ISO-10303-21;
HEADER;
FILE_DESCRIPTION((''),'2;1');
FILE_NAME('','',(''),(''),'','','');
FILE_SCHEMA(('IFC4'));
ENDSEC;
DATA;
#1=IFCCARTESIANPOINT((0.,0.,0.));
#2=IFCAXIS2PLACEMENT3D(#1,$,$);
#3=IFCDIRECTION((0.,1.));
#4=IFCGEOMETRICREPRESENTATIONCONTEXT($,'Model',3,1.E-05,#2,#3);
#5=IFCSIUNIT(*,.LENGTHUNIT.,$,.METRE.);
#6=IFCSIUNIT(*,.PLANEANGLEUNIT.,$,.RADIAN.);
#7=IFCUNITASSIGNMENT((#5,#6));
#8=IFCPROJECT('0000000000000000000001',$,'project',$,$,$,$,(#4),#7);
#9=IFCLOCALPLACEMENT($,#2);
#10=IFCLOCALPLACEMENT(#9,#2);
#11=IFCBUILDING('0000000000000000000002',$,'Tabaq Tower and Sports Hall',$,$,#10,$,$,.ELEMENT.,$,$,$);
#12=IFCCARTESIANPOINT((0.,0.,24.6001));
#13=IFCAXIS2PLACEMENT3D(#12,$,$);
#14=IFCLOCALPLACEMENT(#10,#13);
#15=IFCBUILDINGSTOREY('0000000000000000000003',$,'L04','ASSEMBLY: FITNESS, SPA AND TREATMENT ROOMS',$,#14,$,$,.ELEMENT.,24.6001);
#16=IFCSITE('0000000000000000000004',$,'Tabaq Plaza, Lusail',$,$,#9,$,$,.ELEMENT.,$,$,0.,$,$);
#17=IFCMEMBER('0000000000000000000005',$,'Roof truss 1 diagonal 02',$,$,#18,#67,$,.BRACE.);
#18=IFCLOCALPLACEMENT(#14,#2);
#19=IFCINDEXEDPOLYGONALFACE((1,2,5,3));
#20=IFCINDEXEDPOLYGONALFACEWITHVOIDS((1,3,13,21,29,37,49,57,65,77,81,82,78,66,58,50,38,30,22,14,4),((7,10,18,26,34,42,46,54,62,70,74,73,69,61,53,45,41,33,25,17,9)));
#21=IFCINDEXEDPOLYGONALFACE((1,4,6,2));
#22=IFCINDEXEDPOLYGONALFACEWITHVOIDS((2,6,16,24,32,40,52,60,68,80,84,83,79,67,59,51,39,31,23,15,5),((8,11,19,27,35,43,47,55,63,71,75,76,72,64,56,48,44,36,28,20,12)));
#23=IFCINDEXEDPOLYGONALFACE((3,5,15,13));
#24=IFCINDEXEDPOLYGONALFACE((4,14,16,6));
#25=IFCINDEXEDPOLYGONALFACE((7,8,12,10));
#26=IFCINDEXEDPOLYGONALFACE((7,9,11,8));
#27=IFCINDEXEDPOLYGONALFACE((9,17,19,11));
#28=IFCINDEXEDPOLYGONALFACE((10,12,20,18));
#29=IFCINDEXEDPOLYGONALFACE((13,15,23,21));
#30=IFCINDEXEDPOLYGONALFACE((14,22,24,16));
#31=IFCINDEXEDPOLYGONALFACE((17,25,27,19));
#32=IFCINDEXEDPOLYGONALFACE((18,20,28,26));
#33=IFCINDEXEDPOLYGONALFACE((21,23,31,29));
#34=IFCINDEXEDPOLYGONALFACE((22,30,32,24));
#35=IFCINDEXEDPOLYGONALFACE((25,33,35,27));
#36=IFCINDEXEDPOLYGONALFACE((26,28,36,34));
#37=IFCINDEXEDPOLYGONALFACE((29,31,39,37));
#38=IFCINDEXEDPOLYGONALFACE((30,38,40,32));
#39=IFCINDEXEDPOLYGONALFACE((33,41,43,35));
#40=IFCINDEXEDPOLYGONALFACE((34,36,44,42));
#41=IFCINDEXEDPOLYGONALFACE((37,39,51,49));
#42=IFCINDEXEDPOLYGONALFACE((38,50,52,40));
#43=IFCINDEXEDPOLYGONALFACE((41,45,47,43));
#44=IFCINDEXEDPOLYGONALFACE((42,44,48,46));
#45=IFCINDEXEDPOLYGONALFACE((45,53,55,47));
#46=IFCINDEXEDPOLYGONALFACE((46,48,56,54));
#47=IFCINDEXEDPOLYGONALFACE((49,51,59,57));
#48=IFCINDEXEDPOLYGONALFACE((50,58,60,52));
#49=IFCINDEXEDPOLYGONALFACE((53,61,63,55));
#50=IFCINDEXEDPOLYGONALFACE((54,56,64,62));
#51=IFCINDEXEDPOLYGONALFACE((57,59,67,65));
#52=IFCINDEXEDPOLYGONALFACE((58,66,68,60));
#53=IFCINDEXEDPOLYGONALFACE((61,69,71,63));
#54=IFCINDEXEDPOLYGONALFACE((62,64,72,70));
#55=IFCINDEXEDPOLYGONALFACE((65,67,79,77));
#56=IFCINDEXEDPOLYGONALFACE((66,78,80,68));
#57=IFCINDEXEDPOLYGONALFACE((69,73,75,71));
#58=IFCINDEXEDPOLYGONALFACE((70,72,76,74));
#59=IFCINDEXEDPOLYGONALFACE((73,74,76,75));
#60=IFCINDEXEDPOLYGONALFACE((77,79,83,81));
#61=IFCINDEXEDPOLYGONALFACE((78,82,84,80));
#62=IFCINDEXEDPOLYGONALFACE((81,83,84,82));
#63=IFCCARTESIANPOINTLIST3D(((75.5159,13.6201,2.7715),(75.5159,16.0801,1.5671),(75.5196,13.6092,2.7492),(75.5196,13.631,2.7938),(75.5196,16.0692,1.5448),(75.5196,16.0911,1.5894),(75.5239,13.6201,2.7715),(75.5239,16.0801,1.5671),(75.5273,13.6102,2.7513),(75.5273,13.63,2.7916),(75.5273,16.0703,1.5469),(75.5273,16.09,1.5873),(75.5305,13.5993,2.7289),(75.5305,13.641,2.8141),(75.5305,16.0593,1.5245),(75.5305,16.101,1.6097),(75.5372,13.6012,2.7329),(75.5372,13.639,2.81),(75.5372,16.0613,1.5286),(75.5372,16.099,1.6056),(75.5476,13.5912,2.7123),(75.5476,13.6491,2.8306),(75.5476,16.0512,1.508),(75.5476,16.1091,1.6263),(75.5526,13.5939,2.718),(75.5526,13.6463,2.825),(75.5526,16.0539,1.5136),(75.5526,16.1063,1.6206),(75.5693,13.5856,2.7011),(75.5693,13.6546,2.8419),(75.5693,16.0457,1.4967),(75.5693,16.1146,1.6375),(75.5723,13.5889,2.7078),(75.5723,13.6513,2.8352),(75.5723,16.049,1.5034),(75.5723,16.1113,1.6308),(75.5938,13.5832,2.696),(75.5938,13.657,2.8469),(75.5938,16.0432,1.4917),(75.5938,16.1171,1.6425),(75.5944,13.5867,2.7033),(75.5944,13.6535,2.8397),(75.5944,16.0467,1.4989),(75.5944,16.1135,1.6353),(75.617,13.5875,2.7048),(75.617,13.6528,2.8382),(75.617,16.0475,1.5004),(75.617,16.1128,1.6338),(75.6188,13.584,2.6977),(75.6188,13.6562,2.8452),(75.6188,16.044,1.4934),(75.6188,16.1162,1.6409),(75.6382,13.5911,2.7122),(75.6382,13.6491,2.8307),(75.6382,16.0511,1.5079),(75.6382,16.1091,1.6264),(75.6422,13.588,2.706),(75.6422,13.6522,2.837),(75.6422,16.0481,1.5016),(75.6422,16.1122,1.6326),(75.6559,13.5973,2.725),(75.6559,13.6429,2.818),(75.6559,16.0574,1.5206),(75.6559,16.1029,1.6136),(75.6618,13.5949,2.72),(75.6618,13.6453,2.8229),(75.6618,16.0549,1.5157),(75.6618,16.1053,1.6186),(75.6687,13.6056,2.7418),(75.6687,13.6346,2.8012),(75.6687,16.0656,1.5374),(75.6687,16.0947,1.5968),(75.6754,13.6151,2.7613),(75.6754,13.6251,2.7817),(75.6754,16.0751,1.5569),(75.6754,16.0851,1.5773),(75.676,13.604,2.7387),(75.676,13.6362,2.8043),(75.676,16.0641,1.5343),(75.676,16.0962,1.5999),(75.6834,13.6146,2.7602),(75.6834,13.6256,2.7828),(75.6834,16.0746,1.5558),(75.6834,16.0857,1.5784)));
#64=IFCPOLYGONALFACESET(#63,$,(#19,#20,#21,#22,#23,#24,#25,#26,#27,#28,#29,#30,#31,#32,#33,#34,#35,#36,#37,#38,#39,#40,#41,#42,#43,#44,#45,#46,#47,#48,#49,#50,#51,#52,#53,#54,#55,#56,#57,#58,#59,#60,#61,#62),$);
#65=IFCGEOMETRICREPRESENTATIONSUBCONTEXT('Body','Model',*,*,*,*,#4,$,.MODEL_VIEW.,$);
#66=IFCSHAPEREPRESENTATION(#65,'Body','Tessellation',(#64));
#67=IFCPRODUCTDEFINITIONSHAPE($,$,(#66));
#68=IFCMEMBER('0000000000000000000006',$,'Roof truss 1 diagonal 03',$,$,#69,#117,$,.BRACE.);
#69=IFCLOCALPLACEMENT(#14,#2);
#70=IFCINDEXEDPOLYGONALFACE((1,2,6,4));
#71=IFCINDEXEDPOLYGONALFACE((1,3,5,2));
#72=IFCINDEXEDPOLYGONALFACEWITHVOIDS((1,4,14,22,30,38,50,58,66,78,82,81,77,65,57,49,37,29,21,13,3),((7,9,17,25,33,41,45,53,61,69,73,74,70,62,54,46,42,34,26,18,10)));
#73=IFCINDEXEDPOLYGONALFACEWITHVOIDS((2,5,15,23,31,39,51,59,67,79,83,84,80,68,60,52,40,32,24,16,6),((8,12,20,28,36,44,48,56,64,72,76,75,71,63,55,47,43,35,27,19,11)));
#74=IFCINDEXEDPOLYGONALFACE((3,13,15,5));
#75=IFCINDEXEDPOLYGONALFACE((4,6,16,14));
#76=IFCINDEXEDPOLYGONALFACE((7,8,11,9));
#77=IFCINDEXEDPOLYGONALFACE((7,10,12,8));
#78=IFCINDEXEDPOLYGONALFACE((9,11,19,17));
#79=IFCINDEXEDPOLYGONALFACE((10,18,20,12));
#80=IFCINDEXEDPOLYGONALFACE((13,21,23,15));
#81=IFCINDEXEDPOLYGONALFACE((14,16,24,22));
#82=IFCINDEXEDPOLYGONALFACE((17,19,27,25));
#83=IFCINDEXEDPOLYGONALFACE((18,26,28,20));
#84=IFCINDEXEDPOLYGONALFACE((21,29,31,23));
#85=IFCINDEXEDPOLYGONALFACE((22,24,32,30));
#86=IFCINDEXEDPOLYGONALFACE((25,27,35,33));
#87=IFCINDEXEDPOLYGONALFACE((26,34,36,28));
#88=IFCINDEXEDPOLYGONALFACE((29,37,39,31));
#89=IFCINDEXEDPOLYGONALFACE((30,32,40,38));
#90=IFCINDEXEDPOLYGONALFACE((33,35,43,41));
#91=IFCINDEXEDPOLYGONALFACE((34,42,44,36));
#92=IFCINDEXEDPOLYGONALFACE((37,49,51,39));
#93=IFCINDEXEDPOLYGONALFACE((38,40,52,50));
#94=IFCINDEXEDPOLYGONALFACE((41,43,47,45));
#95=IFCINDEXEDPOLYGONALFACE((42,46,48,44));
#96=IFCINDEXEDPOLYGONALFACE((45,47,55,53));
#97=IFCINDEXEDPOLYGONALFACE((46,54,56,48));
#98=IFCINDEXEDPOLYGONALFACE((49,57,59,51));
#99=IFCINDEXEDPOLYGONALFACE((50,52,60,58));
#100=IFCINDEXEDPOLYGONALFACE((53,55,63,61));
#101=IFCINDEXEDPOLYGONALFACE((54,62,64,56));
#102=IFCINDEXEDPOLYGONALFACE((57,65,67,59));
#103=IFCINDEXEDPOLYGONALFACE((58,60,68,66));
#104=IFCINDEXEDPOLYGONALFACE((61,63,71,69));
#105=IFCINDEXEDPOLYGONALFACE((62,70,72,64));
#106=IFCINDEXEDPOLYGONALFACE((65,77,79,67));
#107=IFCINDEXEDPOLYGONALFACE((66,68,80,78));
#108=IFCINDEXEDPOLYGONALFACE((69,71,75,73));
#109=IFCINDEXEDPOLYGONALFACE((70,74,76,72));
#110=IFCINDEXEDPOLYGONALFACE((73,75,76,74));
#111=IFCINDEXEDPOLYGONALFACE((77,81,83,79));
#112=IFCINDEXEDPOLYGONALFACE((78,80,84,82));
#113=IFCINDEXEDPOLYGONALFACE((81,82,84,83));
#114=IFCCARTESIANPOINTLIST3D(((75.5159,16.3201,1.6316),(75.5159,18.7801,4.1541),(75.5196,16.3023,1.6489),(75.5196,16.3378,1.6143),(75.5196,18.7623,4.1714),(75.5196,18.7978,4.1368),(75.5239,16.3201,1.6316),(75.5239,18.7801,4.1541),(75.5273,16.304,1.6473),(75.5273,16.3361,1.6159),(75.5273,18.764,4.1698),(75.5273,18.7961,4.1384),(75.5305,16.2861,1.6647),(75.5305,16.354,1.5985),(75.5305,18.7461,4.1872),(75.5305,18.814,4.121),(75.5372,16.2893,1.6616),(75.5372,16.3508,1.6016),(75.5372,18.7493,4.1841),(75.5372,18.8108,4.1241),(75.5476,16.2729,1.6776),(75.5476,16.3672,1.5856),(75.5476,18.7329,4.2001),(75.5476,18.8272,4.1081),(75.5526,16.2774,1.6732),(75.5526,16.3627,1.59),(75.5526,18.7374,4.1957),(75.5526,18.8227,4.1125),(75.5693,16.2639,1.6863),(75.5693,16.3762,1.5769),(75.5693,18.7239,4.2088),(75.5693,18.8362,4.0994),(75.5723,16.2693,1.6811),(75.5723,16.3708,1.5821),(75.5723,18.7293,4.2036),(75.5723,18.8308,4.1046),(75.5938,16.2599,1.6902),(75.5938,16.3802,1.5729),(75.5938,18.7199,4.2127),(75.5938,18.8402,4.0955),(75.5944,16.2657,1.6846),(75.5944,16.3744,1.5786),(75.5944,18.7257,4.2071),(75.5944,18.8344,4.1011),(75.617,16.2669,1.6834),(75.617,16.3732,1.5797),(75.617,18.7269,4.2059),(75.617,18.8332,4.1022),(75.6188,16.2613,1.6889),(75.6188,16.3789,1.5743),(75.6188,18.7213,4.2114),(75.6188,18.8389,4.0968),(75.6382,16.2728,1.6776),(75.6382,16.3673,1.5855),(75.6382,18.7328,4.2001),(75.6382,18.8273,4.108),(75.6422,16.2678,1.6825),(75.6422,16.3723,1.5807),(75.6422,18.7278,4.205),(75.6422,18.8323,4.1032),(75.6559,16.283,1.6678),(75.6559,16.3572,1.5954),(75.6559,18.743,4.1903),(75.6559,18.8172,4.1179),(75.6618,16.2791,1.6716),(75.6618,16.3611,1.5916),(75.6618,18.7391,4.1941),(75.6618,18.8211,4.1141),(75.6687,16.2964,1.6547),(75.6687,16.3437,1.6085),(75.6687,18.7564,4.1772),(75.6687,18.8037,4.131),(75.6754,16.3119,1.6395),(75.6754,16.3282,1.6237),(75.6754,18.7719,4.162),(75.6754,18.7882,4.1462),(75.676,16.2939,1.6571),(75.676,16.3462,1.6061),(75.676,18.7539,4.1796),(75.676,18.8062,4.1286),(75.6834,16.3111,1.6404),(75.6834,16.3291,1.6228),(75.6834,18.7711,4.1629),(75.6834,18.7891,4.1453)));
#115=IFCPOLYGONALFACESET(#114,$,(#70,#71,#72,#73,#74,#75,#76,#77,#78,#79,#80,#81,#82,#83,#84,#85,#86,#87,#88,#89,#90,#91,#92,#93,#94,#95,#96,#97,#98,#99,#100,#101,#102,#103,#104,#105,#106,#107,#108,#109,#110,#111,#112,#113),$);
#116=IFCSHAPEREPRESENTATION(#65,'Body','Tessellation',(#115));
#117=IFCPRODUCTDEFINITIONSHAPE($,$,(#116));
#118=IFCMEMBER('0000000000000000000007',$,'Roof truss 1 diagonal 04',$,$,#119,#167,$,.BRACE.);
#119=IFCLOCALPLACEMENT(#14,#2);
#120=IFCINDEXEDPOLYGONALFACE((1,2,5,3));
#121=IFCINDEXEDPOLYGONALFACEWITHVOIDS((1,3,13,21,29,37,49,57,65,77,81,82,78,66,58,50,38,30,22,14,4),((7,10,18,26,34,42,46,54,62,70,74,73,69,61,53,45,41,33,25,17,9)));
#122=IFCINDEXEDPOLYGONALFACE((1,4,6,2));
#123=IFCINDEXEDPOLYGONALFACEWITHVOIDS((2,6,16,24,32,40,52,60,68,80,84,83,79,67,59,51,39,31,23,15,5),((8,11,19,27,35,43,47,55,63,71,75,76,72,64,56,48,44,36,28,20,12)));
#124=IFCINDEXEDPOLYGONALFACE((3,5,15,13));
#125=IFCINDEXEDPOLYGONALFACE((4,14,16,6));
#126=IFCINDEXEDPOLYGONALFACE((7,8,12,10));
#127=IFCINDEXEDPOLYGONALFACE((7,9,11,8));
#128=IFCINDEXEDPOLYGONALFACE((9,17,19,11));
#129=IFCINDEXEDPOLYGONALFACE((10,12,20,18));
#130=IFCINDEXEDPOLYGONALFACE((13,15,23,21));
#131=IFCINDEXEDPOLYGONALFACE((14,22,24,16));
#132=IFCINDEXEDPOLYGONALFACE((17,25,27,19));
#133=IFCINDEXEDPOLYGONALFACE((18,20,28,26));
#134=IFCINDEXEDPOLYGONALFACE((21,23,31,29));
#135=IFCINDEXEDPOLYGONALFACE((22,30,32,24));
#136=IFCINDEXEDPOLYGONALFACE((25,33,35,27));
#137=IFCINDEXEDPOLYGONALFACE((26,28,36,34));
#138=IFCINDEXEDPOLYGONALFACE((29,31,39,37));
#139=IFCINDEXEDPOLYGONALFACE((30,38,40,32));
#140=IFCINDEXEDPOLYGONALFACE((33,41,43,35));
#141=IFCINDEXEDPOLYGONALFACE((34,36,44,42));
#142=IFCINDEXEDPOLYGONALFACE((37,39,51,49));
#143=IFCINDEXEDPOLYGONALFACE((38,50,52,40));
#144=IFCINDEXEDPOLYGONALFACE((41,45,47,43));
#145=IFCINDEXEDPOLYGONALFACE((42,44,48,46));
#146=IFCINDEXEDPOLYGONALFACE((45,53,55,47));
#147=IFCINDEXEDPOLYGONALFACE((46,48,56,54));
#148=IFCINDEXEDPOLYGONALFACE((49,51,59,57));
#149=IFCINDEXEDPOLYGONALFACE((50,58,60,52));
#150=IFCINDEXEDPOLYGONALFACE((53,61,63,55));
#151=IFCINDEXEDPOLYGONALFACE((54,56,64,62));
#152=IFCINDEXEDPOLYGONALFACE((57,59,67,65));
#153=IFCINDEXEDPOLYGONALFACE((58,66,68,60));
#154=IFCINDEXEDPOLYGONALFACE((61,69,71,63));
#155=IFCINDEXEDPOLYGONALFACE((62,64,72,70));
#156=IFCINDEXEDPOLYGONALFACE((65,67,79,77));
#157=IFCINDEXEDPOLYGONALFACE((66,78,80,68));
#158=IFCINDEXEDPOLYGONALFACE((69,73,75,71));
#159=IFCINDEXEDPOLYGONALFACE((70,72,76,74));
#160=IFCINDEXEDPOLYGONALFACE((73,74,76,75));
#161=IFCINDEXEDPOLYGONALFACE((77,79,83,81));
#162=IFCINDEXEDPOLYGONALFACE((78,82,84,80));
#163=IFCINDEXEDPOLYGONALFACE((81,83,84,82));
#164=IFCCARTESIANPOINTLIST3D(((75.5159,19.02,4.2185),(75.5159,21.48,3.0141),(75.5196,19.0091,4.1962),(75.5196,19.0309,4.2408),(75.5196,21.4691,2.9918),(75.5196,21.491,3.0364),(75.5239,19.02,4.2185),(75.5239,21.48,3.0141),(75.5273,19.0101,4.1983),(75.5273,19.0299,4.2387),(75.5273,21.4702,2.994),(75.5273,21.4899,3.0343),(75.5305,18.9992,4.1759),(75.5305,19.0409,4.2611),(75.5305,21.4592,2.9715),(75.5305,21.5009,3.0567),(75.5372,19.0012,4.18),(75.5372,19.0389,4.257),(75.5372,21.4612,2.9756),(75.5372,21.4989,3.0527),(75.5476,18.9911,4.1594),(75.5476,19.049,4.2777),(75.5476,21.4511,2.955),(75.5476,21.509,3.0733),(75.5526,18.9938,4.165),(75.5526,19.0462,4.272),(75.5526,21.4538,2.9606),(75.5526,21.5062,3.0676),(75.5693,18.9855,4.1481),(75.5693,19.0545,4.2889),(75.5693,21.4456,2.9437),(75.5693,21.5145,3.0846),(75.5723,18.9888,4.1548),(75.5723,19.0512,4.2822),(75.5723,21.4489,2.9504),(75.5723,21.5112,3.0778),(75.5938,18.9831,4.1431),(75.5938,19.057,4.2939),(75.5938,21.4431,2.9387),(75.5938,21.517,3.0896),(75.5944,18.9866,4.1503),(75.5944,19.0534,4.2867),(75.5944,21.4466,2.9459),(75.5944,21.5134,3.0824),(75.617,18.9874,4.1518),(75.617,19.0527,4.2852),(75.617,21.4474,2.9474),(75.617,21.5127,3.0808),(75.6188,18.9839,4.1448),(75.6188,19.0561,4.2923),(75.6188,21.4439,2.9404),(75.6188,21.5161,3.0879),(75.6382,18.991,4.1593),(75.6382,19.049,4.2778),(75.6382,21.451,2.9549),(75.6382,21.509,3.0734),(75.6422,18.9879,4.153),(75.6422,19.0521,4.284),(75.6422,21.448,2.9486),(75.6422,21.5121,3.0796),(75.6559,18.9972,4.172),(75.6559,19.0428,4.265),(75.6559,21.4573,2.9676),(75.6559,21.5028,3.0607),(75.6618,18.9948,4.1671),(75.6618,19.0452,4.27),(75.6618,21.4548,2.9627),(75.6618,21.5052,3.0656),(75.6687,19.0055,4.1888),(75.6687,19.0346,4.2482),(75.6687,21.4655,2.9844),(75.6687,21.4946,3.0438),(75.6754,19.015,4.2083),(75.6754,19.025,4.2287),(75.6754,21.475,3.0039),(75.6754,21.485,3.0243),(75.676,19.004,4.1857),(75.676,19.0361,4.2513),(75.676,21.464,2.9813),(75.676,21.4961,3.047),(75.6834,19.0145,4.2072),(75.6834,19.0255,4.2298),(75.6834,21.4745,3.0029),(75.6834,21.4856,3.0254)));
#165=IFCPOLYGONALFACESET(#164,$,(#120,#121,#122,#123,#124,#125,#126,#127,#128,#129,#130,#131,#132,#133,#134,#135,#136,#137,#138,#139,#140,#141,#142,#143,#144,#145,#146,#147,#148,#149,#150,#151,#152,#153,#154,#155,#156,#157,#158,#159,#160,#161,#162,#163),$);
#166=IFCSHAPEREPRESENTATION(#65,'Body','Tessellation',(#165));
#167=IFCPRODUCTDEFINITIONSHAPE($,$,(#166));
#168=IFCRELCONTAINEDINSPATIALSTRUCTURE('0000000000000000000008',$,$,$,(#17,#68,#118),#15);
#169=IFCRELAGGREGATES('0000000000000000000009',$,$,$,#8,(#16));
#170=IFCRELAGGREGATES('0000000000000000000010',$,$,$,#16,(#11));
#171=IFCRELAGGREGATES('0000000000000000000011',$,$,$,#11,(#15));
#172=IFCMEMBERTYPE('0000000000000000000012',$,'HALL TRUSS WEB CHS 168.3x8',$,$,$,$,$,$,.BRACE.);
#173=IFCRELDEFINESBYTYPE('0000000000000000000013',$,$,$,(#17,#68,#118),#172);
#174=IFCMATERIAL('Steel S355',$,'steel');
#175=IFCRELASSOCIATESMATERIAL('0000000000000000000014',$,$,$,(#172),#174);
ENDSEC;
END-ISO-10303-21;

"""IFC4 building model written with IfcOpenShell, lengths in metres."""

from ifc_helpers import new_model, si_unit, direction, frame, origin, origin_2d, place, context, subcontext, project, spatial, hollow_circle, extrude, material, material_profile, profile_set, type_object, element, save


model = new_model("IFC4")

# Units and contexts
model_context = context("Model", 3, precision=1e-05, world=origin(), true_north=direction((0.0, 1.0)))
body_context = subcontext(model_context, "Body", "Model", "MODEL_VIEW")
ifc_project = project(units=[si_unit("LENGTHUNIT", "METRE"), si_unit("PLANEANGLEUNIT", "RADIAN")], contexts=[model_context])

# Site, building, storey
site_placement = place(None, origin())
site = spatial("IfcSite", under=ifc_project, at=site_placement, Name="Tabaq Plaza, Lusail", CompositionType="ELEMENT", RefElevation=0.0)
building_placement = place(site_placement, origin())
building = spatial("IfcBuilding", under=site, at=building_placement, Name="Tabaq Tower and Sports Hall", CompositionType="ELEMENT")
storey_placement = place(building_placement, frame((0.0, 0.0, 24.6001)))
storey = spatial("IfcBuildingStorey", under=building, at=storey_placement, Name="L04", Description="ASSEMBLY: FITNESS, SPA AND TREATMENT ROOMS", CompositionType="ELEMENT", Elevation=24.6001)

# Members
ifc_material_1 = material(Name="Steel S355", Category="steel")
ifc_material_profile_1 = material_profile(ifc_material_1, hollow_circle(Radius=0.0842, WallThickness=0.0081, at=origin_2d()), Name="CHS 168.3x8")
ifc_profile_set_1 = profile_set([ifc_material_profile_1], Name="Steel S355")
member_type_1 = type_object("IfcMemberType", Name="HALL TRUSS WEB CHS 168.3x8", PredefinedType="BRACE", material=ifc_profile_set_1)
member_1_placement = place(storey_placement, frame((75.6001, 13.6201, 2.7715), z_axis=(0.0, 0.89814, -0.43971), x_axis=(-1.0, 0.0, 0.0)))
element("IfcMember", 1, at=member_1_placement, inside=storey, type_object=member_type_1, Name="Roof truss 1 diagonal 02", PredefinedType="BRACE", context=body_context, shape_type="SweptSolid", body=[
    extrude(hollow_circle(Radius=0.0842, WallThickness=0.0081, at=origin_2d()), origin(), (0.0, 0.0, 1.0), 2.739),
])
member_2_placement = place(storey_placement, frame((75.6001, 16.3201, 1.6316), z_axis=(0.0, 0.698182, 0.71592), x_axis=(-1.0, 0.0, 0.0)))
element("IfcMember", 2, at=member_2_placement, inside=storey, type_object=member_type_1, Name="Roof truss 1 diagonal 03", PredefinedType="BRACE", context=body_context, shape_type="SweptSolid", body=[
    extrude(hollow_circle(Radius=0.0842, WallThickness=0.0081, at=origin_2d()), origin(), (0.0, 0.0, 1.0), 3.5234),
])
member_3_placement = place(storey_placement, frame((75.6001, 19.02, 4.2185), z_axis=(0.0, 0.89814, -0.43971), x_axis=(-1.0, 0.0, 0.0)))
element("IfcMember", 3, at=member_3_placement, inside=storey, type_object=member_type_1, Name="Roof truss 1 diagonal 04", PredefinedType="BRACE", context=body_context, shape_type="SweptSolid", body=[
    extrude(hollow_circle(Radius=0.0842, WallThickness=0.0081, at=origin_2d()), origin(), (0.0, 0.0, 1.0), 2.739),
])

save(model, "model.ifc")
